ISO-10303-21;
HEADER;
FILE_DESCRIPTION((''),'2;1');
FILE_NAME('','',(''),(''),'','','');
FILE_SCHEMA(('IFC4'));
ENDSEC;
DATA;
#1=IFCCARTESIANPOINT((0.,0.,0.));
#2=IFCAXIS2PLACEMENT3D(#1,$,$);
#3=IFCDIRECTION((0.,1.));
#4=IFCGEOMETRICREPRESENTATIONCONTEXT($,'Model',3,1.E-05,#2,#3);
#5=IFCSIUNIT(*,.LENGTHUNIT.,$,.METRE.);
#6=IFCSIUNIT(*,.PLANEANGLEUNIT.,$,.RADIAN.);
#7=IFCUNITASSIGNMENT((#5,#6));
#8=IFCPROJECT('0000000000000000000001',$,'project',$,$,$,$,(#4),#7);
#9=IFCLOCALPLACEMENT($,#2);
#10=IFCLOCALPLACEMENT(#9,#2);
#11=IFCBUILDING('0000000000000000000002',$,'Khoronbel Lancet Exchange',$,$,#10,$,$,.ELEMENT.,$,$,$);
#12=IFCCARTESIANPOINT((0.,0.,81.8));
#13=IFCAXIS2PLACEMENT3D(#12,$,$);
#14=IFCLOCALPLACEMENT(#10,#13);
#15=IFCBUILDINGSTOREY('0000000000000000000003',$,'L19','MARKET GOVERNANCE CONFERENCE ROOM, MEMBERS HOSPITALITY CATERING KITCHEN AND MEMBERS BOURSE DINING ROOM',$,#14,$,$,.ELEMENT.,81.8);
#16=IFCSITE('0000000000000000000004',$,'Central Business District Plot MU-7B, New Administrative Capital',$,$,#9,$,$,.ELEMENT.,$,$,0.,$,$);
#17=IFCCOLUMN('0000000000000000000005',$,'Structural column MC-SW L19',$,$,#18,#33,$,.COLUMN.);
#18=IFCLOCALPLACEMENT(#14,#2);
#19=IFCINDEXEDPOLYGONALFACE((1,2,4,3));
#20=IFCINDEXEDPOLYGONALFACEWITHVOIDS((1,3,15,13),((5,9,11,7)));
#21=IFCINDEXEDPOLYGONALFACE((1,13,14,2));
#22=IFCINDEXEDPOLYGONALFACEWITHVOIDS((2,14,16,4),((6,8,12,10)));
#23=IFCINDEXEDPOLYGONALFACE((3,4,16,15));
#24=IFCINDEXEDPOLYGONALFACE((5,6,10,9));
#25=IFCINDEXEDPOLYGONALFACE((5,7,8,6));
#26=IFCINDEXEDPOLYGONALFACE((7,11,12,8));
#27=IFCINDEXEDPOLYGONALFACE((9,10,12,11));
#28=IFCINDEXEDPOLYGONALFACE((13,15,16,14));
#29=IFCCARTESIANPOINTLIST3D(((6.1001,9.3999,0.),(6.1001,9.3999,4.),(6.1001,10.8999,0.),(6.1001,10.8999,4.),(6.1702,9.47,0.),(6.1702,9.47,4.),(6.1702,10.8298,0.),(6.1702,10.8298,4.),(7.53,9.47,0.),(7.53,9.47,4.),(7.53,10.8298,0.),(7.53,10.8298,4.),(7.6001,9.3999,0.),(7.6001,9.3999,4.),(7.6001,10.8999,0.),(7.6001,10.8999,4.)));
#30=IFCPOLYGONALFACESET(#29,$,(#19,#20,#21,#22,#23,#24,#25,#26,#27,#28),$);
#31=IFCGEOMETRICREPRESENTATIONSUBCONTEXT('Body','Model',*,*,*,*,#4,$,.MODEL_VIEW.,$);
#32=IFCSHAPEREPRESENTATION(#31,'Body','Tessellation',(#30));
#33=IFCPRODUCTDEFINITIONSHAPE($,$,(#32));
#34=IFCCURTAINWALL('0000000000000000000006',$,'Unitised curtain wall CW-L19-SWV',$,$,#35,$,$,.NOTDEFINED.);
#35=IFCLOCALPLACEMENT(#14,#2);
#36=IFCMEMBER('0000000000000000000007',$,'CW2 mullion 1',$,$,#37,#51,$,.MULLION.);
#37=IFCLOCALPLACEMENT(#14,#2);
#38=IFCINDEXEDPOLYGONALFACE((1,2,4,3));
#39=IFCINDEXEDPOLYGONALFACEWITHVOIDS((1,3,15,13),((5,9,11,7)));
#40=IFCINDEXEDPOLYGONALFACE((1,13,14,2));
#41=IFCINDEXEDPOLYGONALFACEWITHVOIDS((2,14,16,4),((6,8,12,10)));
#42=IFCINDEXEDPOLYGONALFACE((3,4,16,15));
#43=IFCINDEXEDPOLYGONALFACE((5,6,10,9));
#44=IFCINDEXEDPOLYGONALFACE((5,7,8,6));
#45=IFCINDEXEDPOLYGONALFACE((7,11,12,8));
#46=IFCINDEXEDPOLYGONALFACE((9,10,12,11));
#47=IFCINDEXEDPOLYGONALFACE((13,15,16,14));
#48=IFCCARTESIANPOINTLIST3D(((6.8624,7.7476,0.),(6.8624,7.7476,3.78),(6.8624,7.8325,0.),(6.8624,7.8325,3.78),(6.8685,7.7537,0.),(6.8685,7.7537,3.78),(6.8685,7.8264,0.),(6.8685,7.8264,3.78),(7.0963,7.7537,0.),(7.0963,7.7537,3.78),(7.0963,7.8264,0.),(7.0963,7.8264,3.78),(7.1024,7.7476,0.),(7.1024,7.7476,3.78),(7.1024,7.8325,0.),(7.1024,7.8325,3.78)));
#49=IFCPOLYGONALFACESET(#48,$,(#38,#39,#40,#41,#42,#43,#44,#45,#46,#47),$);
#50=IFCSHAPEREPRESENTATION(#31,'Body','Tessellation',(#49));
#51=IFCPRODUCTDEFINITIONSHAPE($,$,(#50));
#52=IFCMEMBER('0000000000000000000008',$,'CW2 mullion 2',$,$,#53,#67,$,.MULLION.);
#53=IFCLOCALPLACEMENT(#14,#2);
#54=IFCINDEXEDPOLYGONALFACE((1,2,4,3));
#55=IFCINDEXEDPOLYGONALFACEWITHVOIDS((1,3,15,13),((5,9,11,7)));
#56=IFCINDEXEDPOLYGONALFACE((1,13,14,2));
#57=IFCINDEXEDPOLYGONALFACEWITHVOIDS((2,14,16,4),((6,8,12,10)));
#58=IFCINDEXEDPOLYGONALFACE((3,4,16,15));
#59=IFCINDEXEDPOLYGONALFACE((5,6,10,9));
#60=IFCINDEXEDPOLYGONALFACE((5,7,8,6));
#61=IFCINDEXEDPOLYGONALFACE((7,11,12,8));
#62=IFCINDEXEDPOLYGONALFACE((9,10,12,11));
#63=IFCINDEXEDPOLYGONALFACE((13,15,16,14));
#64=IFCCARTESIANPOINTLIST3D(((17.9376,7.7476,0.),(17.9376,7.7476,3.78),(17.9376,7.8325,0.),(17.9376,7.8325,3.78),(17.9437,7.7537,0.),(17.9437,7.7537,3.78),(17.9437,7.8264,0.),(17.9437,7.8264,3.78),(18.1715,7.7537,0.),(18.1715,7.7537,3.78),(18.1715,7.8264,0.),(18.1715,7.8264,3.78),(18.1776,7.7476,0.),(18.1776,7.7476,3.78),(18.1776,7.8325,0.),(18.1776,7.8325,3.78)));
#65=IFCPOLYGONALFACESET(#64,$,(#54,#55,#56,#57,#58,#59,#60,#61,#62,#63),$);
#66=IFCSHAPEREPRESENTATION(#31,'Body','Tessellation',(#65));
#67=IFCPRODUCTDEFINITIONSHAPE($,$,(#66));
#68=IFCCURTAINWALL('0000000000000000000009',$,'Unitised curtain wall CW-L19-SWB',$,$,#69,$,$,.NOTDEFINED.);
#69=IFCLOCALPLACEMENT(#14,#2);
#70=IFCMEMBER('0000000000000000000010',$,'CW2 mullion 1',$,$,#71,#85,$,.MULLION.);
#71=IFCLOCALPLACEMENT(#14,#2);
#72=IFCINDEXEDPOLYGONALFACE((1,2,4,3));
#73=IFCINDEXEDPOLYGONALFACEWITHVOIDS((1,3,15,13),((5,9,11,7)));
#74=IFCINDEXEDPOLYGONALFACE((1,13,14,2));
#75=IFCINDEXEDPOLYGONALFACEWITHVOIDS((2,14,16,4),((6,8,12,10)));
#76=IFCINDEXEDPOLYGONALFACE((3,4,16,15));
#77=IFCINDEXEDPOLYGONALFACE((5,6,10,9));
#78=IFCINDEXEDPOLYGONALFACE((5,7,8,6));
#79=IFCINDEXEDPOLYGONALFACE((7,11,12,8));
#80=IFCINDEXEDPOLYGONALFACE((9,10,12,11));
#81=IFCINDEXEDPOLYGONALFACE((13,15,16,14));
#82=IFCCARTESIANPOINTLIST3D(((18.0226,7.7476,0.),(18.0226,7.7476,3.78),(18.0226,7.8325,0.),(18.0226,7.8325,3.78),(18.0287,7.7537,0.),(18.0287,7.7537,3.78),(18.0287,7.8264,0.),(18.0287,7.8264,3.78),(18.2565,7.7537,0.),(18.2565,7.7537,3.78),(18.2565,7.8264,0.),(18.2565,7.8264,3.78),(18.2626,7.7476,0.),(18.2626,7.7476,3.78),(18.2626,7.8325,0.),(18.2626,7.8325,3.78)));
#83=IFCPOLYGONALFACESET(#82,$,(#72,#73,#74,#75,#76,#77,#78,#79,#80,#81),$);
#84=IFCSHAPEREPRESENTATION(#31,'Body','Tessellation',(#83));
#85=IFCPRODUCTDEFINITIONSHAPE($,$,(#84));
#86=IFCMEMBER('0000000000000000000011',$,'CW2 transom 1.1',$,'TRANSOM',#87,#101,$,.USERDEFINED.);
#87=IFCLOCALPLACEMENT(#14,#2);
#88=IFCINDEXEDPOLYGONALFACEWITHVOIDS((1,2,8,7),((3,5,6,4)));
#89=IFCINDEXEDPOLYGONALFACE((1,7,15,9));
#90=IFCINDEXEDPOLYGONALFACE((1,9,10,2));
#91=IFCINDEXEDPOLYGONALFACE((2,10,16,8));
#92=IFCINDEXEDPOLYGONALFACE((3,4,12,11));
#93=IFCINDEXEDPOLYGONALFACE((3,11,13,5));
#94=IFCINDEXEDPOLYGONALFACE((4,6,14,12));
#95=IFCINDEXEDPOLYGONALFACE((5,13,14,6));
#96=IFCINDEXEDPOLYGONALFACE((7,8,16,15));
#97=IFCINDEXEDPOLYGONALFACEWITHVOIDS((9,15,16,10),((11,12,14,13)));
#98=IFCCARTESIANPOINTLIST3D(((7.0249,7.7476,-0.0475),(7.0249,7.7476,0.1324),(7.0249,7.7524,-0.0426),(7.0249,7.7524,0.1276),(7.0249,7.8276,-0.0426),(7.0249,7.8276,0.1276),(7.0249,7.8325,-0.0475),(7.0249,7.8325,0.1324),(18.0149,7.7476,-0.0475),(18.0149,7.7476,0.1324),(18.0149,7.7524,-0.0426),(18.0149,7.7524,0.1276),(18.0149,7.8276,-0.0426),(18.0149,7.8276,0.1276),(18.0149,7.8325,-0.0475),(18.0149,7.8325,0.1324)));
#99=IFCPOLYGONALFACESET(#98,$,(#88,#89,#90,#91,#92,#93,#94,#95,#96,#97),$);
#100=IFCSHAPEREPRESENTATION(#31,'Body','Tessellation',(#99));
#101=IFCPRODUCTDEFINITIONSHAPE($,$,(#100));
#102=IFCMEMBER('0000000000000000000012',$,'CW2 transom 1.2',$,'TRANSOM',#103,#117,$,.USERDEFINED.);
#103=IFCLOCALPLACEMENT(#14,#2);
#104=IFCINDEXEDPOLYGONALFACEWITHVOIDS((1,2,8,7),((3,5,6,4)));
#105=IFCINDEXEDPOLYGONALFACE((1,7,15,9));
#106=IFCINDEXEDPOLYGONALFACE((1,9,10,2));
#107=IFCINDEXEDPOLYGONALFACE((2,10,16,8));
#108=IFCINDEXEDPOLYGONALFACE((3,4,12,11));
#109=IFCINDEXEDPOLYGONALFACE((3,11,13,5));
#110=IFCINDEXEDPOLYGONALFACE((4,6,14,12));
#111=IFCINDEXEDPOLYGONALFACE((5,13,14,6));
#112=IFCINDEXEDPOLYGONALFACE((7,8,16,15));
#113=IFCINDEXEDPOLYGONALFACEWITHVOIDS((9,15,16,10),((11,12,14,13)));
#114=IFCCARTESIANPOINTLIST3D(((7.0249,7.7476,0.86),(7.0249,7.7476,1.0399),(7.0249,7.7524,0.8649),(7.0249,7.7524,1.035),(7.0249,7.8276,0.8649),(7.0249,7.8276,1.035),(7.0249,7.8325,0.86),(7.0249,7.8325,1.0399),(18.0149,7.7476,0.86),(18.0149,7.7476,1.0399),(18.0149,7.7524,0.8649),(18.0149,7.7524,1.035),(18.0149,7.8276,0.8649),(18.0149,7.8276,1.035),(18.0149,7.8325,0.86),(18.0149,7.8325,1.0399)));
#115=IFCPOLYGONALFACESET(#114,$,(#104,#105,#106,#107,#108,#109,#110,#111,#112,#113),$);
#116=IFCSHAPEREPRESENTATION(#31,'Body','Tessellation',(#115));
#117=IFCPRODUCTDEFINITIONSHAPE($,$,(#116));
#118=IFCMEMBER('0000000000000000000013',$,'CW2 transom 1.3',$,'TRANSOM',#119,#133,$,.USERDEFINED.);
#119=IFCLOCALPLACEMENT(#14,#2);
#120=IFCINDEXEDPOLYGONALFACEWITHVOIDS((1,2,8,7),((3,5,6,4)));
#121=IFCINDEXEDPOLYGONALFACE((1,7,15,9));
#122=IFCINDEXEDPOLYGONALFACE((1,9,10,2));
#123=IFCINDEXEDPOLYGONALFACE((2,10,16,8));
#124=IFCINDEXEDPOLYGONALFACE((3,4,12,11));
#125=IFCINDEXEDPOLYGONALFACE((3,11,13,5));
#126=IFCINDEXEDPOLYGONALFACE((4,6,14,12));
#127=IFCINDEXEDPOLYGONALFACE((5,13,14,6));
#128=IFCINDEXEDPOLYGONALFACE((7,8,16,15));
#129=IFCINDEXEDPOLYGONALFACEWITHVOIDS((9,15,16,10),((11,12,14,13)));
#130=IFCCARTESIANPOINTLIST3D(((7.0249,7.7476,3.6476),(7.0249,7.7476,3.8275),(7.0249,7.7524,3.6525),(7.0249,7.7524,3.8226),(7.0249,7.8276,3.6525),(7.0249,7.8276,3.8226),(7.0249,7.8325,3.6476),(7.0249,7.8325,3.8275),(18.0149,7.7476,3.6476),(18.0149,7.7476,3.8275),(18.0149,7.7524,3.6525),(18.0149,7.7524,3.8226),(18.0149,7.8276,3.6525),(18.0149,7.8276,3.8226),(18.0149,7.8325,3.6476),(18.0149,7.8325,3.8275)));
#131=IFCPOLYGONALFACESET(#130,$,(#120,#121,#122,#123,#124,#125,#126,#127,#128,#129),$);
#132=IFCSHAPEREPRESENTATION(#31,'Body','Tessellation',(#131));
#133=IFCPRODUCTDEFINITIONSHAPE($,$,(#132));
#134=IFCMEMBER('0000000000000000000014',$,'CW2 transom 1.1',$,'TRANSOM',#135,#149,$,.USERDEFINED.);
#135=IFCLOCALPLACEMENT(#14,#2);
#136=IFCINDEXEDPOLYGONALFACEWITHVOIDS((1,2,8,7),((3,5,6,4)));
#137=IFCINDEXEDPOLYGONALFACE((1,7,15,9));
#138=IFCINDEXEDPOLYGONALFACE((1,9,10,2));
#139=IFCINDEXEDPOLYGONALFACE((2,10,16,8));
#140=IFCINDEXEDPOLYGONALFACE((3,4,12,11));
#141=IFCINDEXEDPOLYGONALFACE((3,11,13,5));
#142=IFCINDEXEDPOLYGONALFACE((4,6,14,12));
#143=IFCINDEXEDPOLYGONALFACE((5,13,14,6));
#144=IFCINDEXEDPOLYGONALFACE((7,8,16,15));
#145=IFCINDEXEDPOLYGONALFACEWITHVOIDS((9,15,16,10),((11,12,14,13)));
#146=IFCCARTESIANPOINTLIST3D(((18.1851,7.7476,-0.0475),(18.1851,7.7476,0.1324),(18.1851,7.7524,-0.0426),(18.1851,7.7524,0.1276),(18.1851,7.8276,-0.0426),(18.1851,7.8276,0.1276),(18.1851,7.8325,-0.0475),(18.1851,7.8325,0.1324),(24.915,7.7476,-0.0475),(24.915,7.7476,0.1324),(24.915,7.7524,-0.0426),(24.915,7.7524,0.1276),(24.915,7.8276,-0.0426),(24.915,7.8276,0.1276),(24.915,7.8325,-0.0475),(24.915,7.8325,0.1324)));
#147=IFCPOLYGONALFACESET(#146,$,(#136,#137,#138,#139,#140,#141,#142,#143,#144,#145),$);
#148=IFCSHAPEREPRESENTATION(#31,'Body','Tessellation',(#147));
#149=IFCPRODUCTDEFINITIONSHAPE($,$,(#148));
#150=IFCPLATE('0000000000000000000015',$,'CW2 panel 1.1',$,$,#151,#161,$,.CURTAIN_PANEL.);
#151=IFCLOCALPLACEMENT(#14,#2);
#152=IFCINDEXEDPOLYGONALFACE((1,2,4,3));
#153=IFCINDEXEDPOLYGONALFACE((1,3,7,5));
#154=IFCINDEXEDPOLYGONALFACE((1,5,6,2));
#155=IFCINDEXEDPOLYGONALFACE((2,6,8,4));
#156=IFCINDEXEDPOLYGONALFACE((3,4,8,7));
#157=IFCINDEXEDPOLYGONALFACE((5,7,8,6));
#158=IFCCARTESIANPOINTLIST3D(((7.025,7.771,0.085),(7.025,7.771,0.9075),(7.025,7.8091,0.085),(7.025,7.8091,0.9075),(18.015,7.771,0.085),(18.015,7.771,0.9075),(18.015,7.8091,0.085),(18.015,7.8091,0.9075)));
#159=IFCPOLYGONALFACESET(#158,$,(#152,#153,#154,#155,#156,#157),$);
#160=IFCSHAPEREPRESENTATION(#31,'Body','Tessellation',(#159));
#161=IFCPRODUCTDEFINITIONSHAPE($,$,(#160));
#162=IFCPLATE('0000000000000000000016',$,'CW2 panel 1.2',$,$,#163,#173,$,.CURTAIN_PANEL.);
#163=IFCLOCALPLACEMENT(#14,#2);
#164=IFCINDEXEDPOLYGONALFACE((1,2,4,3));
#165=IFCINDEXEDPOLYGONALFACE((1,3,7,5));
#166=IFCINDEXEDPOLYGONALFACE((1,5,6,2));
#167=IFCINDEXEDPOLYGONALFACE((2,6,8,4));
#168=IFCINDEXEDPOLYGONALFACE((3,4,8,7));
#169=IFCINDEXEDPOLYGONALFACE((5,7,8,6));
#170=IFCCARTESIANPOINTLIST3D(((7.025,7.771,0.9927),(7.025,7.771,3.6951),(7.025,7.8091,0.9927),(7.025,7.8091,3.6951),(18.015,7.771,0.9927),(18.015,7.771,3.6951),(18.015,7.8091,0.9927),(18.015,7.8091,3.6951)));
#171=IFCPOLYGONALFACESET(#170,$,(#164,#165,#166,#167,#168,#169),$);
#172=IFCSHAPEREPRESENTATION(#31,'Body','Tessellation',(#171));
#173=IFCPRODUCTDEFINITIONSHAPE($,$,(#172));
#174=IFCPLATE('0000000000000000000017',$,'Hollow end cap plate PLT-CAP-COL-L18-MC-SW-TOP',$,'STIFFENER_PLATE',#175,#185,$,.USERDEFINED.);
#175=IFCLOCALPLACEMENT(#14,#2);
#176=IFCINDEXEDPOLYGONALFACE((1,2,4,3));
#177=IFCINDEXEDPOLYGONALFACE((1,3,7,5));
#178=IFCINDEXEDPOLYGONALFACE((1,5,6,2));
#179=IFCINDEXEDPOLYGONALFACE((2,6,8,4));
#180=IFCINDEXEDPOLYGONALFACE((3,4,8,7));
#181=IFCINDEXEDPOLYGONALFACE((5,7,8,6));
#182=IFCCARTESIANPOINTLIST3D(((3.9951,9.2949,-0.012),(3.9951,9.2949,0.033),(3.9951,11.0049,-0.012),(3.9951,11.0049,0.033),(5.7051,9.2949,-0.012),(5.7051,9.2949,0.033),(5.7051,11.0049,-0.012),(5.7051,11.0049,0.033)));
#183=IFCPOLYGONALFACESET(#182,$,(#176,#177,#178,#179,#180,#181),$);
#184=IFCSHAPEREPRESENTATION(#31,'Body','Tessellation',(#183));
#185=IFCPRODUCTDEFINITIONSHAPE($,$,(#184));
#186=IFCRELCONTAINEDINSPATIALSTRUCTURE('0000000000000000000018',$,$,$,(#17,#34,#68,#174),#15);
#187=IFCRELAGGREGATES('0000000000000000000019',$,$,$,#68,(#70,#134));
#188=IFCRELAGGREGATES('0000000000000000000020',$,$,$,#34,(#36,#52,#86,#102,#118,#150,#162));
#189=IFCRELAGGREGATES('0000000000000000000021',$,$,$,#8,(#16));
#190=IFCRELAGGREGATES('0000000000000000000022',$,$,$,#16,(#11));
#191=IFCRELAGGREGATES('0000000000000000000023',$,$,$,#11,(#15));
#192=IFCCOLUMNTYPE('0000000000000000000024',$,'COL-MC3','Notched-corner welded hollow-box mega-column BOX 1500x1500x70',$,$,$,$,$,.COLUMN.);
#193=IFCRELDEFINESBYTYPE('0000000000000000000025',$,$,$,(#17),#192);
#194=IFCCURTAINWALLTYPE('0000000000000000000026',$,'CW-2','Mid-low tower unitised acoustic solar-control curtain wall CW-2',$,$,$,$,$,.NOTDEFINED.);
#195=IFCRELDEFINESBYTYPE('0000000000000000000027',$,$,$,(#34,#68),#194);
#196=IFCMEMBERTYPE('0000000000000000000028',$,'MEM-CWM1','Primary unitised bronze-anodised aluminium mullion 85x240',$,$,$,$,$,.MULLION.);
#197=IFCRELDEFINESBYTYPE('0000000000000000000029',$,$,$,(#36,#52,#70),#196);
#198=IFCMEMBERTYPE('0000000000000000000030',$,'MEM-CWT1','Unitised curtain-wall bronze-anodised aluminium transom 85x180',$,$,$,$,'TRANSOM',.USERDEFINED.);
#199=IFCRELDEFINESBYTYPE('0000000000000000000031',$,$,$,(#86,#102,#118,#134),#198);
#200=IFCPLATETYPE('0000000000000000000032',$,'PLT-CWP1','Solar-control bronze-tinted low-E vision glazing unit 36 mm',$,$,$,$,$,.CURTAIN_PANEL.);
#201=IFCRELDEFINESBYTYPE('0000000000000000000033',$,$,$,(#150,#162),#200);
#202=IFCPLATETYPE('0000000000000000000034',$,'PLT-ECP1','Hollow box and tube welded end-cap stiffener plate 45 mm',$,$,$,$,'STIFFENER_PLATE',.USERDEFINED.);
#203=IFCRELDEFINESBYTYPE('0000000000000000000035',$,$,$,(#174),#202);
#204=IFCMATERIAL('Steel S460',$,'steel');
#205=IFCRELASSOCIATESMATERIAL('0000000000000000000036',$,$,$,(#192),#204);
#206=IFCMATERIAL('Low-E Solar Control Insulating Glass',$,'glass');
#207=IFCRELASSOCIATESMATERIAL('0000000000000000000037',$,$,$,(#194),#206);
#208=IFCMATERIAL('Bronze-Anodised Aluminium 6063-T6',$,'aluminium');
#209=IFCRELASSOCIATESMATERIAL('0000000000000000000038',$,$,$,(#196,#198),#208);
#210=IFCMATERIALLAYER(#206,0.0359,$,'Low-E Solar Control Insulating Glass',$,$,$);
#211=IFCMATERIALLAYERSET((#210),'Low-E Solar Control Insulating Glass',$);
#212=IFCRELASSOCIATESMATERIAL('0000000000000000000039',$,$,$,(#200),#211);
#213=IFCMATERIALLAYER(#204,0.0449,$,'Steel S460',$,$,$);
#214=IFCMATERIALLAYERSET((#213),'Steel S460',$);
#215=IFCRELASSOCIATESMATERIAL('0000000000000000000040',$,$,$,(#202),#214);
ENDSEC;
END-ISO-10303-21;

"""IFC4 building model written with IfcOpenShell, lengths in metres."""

from ifc_helpers import new_model, si_unit, direction, frame, origin, origin_2d, place, context, subcontext, project, spatial, polyline, rectangle, hollow_rectangle, outline, extrude, material, layer, layer_set, material_profile, profile_set, type_object, element, aggregate, save


model = new_model("IFC4")

# Units and contexts
model_context = context("Model", 3, precision=1e-05, world=origin(), true_north=direction((0.0, 1.0)))
body_context = subcontext(model_context, "Body", "Model", "MODEL_VIEW")
ifc_project = project(units=[si_unit("LENGTHUNIT", "METRE"), si_unit("PLANEANGLEUNIT", "RADIAN")], contexts=[model_context])

# Site, building, storey
site_placement = place(None, origin())
site = spatial("IfcSite", under=ifc_project, at=site_placement, Name="Central Business District Plot MU-7B, New Administrative Capital", CompositionType="ELEMENT", RefElevation=0.0)
building_placement = place(site_placement, origin())
building = spatial("IfcBuilding", under=site, at=building_placement, Name="Khoronbel Lancet Exchange", CompositionType="ELEMENT")
storey_placement = place(building_placement, frame((0.0, 0.0, 81.8)))
storey = spatial("IfcBuildingStorey", under=building, at=storey_placement, Name="L19", Description="MARKET GOVERNANCE CONFERENCE ROOM, MEMBERS HOSPITALITY CATERING KITCHEN AND MEMBERS BOURSE DINING ROOM", CompositionType="ELEMENT", Elevation=81.8)

# Column
ifc_material_1 = material(Name="Steel S460", Category="steel")
ifc_material_profile_1 = material_profile(ifc_material_1, hollow_rectangle(XDim=1.5, YDim=1.5, WallThickness=0.0701, at=origin_2d()), Name="BOX 1500x1500x70")
ifc_profile_set_1 = profile_set([ifc_material_profile_1], Name="Steel S460")
column_type = type_object("IfcColumnType", Name="COL-MC3", Description="Notched-corner welded hollow-box mega-column BOX 1500x1500x70", PredefinedType="COLUMN", material=ifc_profile_set_1)
column_placement = place(storey_placement, frame((6.8501, 10.1499, 0.0), z_axis=(0.0, 0.0, 1.0), x_axis=(1.0, 0.0, 0.0)))
element("IfcColumn", 1, at=column_placement, inside=storey, type_object=column_type, Name="Structural column MC-SW L19", PredefinedType="COLUMN", context=body_context, shape_type="SweptSolid", body=[
    extrude(hollow_rectangle(XDim=1.5, YDim=1.5, WallThickness=0.0701, at=origin_2d()), origin(), (0.0, 0.0, 1.0), 4.0),
])

# Curtain wall, members
ifc_material_2 = material(Name="Low-E Solar Control Insulating Glass", Category="glass")
curtain_wall_type = type_object("IfcCurtainWallType", Name="CW-2", Description="Mid-low tower unitised acoustic solar-control curtain wall CW-2", PredefinedType="NOTDEFINED", material=ifc_material_2)
curtain_wall_1_placement = place(storey_placement, origin())
curtain_wall_1 = element("IfcCurtainWall", 2, at=curtain_wall_1_placement, inside=storey, type_object=curtain_wall_type, Name="Unitised curtain wall CW-L19-SWV", PredefinedType="NOTDEFINED")
ifc_material_3 = material(Name="Bronze-Anodised Aluminium 6063-T6", Category="aluminium")
ifc_material_profile_2 = material_profile(ifc_material_3, hollow_rectangle(XDim=0.085, YDim=0.24, WallThickness=0.0061, at=origin_2d()), Name="ALU MULLION 85x240")
ifc_profile_set_2 = profile_set([ifc_material_profile_2], Name="Bronze-Anodised Aluminium 6063-T6")
member_type_1 = type_object("IfcMemberType", Name="MEM-CWM1", Description="Primary unitised bronze-anodised aluminium mullion 85x240", PredefinedType="MULLION", material=ifc_profile_set_2)
member_1_placement = place(storey_placement, frame((6.9824, 7.79, 0.0), z_axis=(0.0, 0.0, 1.0), x_axis=(0.0, 1.0, 0.0)))
member_1 = element("IfcMember", 3, at=member_1_placement, type_object=member_type_1, Name="CW2 mullion 1", PredefinedType="MULLION", context=body_context, shape_type="SweptSolid", body=[
    extrude(hollow_rectangle(XDim=0.085, YDim=0.24, WallThickness=0.0061, at=origin_2d()), origin(), (0.0, 0.0, 1.0), 3.78),
])
member_2_placement = place(storey_placement, frame((18.0576, 7.79, 0.0), z_axis=(0.0, 0.0, 1.0), x_axis=(0.0, 1.0, 0.0)))
member_2 = element("IfcMember", 4, at=member_2_placement, type_object=member_type_1, Name="CW2 mullion 2", PredefinedType="MULLION", context=body_context, shape_type="SweptSolid", body=[
    extrude(hollow_rectangle(XDim=0.085, YDim=0.24, WallThickness=0.0061, at=origin_2d()), origin(), (0.0, 0.0, 1.0), 3.78),
])

# Curtain wall, member
curtain_wall_2_placement = place(storey_placement, origin())
curtain_wall_2 = element("IfcCurtainWall", 5, at=curtain_wall_2_placement, inside=storey, type_object=curtain_wall_type, Name="Unitised curtain wall CW-L19-SWB", PredefinedType="NOTDEFINED")
member_3_placement = place(storey_placement, frame((18.1426, 7.79, 0.0), z_axis=(0.0, 0.0, 1.0), x_axis=(0.0, 1.0, 0.0)))
member_3 = element("IfcMember", 6, at=member_3_placement, type_object=member_type_1, Name="CW2 mullion 1", PredefinedType="MULLION", context=body_context, shape_type="SweptSolid", body=[
    extrude(hollow_rectangle(XDim=0.085, YDim=0.24, WallThickness=0.0061, at=origin_2d()), origin(), (0.0, 0.0, 1.0), 3.78),
])

# Members
ifc_material_profile_3 = material_profile(ifc_material_3, hollow_rectangle(XDim=0.085, YDim=0.1799, WallThickness=0.0049, at=origin_2d()), Name="ALU TRANSOM 85x180")
ifc_profile_set_3 = profile_set([ifc_material_profile_3], Name="Bronze-Anodised Aluminium 6063-T6")
member_type_2 = type_object("IfcMemberType", Name="MEM-CWT1", Description="Unitised curtain-wall bronze-anodised aluminium transom 85x180", ElementType="TRANSOM", PredefinedType="USERDEFINED", material=ifc_profile_set_3)
member_4_placement = place(storey_placement, frame((7.0249, 7.79, 0.0425), z_axis=(1.0, 0.0, 0.0), x_axis=(0.0, 1.0, 0.0)))
member_4 = element("IfcMember", 7, at=member_4_placement, type_object=member_type_2, Name="CW2 transom 1.1", ObjectType="TRANSOM", PredefinedType="USERDEFINED", context=body_context, shape_type="SweptSolid", body=[
    extrude(hollow_rectangle(XDim=0.085, YDim=0.1799, WallThickness=0.0049, at=origin_2d()), origin(), (0.0, 0.0, 1.0), 10.99),
])
member_5_placement = place(storey_placement, frame((7.0249, 7.79, 0.95), z_axis=(1.0, 0.0, 0.0), x_axis=(0.0, 1.0, 0.0)))
member_5 = element("IfcMember", 8, at=member_5_placement, type_object=member_type_2, Name="CW2 transom 1.2", ObjectType="TRANSOM", PredefinedType="USERDEFINED", context=body_context, shape_type="SweptSolid", body=[
    extrude(hollow_rectangle(XDim=0.085, YDim=0.1799, WallThickness=0.0049, at=origin_2d()), origin(), (0.0, 0.0, 1.0), 10.99),
])
member_6_placement = place(storey_placement, frame((7.0249, 7.79, 3.7375), z_axis=(1.0, 0.0, 0.0), x_axis=(0.0, 1.0, 0.0)))
member_6 = element("IfcMember", 9, at=member_6_placement, type_object=member_type_2, Name="CW2 transom 1.3", ObjectType="TRANSOM", PredefinedType="USERDEFINED", context=body_context, shape_type="SweptSolid", body=[
    extrude(hollow_rectangle(XDim=0.085, YDim=0.1799, WallThickness=0.0049, at=origin_2d()), origin(), (0.0, 0.0, 1.0), 10.99),
])
member_7_placement = place(storey_placement, frame((18.1851, 7.79, 0.0425), z_axis=(1.0, 0.0, 0.0), x_axis=(0.0, 1.0, 0.0)))
member_7 = element("IfcMember", 10, at=member_7_placement, type_object=member_type_2, Name="CW2 transom 1.1", ObjectType="TRANSOM", PredefinedType="USERDEFINED", context=body_context, shape_type="SweptSolid", body=[
    extrude(hollow_rectangle(XDim=0.085, YDim=0.1799, WallThickness=0.0049, at=origin_2d()), origin(), (0.0, 0.0, 1.0), 6.73),
])
aggregate(curtain_wall_2, [member_3, member_7])

# Plates
ifc_layer_1 = layer(ifc_material_2, 0.0359, Name="Low-E Solar Control Insulating Glass")
ifc_layer_set_1 = layer_set([ifc_layer_1], Name="Low-E Solar Control Insulating Glass")
plate_type_1 = type_object("IfcPlateType", Name="PLT-CWP1", Description="Solar-control bronze-tinted low-E vision glazing unit 36 mm", PredefinedType="CURTAIN_PANEL", material=ifc_layer_set_1)
plate_1_placement = place(storey_placement, frame((12.52, 7.79, 0.085), z_axis=(0.0, 0.0, 1.0), x_axis=(1.0, 0.0, 0.0)))
plate_1 = element("IfcPlate", 11, at=plate_1_placement, type_object=plate_type_1, Name="CW2 panel 1.1", PredefinedType="CURTAIN_PANEL", context=body_context, shape_type="SweptSolid", body=[
    extrude(rectangle(XDim=10.99, YDim=0.0381, at=origin_2d()), origin(), (0.0, 0.0, 1.0), 0.8225),
])
plate_2_placement = place(storey_placement, frame((12.52, 7.79, 0.9927), z_axis=(0.0, 0.0, 1.0), x_axis=(1.0, 0.0, 0.0)))
plate_2 = element("IfcPlate", 12, at=plate_2_placement, type_object=plate_type_1, Name="CW2 panel 1.2", PredefinedType="CURTAIN_PANEL", context=body_context, shape_type="SweptSolid", body=[
    extrude(rectangle(XDim=10.99, YDim=0.0381, at=origin_2d()), origin(), (0.0, 0.0, 1.0), 2.7024),
])
aggregate(curtain_wall_1, [member_1, member_2, member_4, member_5, member_6, plate_1, plate_2])

# Plate
ifc_layer_2 = layer(ifc_material_1, 0.0449, Name="Steel S460")
ifc_layer_set_2 = layer_set([ifc_layer_2], Name="Steel S460")
plate_type_2 = type_object("IfcPlateType", Name="PLT-ECP1", Description="Hollow box and tube welded end-cap stiffener plate 45 mm", ElementType="STIFFENER_PLATE", PredefinedType="USERDEFINED", material=ifc_layer_set_2)
plate_3_placement = place(storey_placement, frame((0.0, 0.0, -0.012)))
element("IfcPlate", 13, at=plate_3_placement, inside=storey, type_object=plate_type_2, Name="Hollow end cap plate PLT-CAP-COL-L18-MC-SW-TOP", ObjectType="STIFFENER_PLATE", PredefinedType="USERDEFINED", context=body_context, shape_type="SweptSolid", body=[
    extrude(outline(polyline([(3.9951, 9.2949), (5.7051, 9.2949), (5.7051, 11.0049), (3.9951, 11.0049), (3.9951, 9.2949)])), origin(), (0.0, 0.0, 1.0), 0.0449),
])

save(model, "model.ifc")
